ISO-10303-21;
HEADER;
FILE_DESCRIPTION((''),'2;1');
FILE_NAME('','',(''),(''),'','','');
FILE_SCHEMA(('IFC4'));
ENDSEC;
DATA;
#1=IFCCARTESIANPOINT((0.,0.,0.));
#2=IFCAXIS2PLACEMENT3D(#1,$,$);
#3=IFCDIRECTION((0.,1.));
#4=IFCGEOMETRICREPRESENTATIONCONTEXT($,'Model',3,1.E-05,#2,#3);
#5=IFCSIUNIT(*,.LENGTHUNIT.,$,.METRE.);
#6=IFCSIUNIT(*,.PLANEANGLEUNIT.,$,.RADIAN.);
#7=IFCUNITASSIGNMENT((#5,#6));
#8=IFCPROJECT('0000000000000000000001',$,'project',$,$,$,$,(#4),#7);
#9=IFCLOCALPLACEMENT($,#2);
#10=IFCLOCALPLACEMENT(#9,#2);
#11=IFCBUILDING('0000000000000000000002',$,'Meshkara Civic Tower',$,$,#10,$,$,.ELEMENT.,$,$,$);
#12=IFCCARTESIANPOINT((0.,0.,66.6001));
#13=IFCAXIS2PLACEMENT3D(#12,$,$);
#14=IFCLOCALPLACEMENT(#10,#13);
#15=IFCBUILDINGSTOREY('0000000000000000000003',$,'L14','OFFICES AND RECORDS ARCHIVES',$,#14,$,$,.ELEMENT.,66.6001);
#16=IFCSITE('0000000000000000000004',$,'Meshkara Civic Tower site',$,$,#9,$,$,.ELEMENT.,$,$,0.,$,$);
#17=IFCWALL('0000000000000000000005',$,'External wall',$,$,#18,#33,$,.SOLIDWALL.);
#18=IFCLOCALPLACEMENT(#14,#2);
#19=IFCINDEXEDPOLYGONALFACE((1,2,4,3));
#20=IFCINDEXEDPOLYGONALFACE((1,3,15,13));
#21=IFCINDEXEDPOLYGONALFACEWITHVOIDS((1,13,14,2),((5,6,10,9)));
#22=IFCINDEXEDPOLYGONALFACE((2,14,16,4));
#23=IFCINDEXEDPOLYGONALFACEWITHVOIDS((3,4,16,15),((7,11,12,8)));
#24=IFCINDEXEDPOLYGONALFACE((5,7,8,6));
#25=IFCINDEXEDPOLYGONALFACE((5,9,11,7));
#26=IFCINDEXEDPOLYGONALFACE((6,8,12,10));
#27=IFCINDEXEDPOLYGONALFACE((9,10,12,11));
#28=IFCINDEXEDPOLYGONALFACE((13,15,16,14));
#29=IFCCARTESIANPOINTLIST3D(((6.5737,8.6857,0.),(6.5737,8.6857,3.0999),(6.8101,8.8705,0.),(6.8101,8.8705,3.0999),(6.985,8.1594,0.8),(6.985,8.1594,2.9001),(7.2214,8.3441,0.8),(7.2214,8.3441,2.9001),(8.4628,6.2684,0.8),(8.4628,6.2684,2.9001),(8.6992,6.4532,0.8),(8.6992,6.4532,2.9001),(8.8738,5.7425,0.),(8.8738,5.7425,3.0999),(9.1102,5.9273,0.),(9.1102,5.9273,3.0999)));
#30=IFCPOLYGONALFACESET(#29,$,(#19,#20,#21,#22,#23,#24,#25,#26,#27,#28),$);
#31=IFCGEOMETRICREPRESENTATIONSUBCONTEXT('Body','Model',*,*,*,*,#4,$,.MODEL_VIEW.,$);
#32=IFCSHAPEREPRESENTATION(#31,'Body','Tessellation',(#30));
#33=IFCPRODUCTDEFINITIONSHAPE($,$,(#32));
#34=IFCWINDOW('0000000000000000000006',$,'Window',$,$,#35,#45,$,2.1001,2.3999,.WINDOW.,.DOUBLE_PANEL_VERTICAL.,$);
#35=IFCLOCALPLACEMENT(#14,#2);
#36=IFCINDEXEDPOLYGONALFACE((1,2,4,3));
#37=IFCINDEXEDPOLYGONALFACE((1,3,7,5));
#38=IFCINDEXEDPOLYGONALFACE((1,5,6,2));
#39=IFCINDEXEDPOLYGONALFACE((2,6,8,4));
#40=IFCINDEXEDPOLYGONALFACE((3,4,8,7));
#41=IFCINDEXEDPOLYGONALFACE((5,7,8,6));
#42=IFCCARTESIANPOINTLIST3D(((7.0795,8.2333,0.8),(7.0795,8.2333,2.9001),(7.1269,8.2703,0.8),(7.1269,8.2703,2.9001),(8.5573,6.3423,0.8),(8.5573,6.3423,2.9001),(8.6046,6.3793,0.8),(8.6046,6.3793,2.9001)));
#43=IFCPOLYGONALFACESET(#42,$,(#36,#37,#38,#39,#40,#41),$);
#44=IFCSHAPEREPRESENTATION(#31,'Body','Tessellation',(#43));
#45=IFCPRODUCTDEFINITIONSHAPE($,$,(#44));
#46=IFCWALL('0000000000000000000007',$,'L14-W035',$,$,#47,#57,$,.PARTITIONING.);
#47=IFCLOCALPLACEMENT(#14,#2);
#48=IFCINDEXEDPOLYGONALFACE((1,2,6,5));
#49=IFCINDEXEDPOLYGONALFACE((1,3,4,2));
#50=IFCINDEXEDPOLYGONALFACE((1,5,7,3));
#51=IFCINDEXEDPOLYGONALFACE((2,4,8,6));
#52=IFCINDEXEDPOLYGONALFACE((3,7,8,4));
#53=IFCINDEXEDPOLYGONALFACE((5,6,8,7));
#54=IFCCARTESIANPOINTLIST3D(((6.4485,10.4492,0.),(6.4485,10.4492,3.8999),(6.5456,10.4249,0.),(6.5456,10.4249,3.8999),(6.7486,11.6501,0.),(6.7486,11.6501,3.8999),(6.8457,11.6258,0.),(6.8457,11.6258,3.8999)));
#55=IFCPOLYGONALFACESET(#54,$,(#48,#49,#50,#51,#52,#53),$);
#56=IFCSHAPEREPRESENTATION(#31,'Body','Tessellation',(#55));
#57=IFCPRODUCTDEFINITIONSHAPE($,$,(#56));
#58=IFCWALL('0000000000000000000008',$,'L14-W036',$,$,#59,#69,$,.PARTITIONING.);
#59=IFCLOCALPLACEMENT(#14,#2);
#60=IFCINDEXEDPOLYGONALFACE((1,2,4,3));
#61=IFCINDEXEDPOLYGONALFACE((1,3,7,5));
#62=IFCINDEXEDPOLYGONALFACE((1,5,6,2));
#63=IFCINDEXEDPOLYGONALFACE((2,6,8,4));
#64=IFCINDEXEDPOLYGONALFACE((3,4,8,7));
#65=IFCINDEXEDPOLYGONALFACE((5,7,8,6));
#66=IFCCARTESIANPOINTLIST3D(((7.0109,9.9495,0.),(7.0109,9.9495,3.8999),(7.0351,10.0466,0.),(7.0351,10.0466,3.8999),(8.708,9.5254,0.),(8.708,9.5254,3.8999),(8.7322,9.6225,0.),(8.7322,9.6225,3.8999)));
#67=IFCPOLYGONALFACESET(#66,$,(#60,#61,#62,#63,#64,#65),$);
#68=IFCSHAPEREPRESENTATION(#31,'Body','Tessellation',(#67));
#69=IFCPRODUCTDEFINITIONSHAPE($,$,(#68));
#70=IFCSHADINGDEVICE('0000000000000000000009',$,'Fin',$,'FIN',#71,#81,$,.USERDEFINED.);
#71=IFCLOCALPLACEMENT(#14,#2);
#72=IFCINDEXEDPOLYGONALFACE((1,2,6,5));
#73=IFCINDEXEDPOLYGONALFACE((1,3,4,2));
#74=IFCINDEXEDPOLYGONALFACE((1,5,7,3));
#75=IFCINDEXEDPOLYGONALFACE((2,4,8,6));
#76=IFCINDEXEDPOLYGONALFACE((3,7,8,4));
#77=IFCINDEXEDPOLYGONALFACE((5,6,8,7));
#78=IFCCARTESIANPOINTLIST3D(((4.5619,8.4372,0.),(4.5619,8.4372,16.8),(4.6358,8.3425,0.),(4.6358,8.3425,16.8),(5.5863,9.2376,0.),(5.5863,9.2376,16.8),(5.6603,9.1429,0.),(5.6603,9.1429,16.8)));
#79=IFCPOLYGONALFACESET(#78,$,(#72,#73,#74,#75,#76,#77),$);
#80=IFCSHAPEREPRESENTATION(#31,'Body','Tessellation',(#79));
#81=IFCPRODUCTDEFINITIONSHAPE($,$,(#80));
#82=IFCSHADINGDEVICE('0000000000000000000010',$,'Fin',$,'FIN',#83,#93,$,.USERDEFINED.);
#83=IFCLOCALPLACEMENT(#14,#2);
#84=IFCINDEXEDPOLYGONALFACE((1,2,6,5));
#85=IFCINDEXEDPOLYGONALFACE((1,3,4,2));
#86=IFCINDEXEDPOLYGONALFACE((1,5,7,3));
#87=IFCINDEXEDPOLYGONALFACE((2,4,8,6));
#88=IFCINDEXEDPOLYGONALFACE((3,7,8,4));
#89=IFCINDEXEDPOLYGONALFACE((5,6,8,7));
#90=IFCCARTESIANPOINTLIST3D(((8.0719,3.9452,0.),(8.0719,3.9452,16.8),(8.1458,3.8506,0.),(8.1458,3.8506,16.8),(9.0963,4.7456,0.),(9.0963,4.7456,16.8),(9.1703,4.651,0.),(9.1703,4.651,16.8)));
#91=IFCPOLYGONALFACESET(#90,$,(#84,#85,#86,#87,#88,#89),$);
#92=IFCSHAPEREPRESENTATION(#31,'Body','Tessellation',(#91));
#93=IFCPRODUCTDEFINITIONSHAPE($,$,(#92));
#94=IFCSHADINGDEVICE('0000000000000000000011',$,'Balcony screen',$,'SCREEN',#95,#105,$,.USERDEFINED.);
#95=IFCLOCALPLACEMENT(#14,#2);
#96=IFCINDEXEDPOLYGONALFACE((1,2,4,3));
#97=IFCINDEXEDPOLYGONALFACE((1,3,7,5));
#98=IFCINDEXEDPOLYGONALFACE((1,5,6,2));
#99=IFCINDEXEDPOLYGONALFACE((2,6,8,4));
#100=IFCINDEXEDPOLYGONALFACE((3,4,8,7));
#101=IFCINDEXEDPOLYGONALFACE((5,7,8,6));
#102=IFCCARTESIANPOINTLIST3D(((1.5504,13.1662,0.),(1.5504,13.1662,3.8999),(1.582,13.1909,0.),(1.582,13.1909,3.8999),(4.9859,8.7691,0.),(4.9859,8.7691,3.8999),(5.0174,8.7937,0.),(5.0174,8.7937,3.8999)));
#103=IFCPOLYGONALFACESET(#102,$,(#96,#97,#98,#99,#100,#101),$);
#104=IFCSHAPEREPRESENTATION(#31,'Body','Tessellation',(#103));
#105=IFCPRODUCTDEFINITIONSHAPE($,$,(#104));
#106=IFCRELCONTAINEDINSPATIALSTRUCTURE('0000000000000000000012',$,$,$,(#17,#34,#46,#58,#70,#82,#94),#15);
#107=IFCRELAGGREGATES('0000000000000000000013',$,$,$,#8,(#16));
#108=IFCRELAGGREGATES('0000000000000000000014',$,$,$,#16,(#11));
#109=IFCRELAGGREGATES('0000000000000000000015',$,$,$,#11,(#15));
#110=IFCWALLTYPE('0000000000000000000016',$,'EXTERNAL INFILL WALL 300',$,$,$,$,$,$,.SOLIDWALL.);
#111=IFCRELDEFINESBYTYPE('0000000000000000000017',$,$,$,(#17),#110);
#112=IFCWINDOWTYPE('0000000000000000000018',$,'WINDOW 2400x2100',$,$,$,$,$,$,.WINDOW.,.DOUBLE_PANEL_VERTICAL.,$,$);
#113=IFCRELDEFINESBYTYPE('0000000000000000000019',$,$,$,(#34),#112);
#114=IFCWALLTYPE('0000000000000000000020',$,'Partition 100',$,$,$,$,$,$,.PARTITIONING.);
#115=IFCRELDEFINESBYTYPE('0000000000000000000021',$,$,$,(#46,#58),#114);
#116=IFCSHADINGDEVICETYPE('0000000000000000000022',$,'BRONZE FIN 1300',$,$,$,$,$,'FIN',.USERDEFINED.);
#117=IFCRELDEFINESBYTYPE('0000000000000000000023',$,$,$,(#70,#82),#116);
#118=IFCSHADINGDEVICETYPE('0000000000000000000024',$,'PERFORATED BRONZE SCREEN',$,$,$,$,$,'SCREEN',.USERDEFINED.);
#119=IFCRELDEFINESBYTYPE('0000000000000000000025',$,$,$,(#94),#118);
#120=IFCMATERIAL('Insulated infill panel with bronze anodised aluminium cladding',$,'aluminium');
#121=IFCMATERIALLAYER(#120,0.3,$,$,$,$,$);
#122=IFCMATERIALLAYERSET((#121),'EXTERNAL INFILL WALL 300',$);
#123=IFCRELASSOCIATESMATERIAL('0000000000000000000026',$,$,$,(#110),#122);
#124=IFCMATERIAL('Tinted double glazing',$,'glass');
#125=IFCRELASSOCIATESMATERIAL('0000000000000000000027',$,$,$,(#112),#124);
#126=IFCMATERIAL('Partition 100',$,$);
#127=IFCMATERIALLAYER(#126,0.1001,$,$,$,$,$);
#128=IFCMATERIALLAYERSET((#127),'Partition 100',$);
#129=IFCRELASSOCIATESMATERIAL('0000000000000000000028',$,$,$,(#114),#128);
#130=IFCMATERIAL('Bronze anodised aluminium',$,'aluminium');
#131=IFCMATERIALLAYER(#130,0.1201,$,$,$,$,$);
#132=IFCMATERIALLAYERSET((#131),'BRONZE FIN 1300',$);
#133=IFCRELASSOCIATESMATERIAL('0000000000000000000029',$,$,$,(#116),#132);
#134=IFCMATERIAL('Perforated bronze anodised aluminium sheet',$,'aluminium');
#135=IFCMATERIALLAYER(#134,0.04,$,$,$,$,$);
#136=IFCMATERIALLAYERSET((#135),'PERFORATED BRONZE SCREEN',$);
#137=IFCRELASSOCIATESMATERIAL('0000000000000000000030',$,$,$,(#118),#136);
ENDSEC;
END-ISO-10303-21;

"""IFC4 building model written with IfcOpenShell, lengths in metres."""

from ifc_helpers import new_model, si_unit, direction, frame, frame_2d, origin, origin_2d, place, context, subcontext, project, spatial, rectangle, extrude, material, layer, layer_set, type_object, element, fill, save


model = new_model("IFC4")

# Units and contexts
model_context = context("Model", 3, precision=1e-05, world=origin(), true_north=direction((0.0, 1.0)))
body_context = subcontext(model_context, "Body", "Model", "MODEL_VIEW")
ifc_project = project(units=[si_unit("LENGTHUNIT", "METRE"), si_unit("PLANEANGLEUNIT", "RADIAN")], contexts=[model_context])

# Site, building, storey
site_placement = place(None, origin())
site = spatial("IfcSite", under=ifc_project, at=site_placement, Name="Meshkara Civic Tower site", CompositionType="ELEMENT", RefElevation=0.0)
building_placement = place(site_placement, origin())
building = spatial("IfcBuilding", under=site, at=building_placement, Name="Meshkara Civic Tower", CompositionType="ELEMENT")
storey_placement = place(building_placement, frame((0.0, 0.0, 66.6001)))
storey = spatial("IfcBuildingStorey", under=building, at=storey_placement, Name="L14", Description="OFFICES AND RECORDS ARCHIVES", CompositionType="ELEMENT", Elevation=66.6001)

# Wall, opening, window
ifc_material_1 = material(Name="Insulated infill panel with bronze anodised aluminium cladding", Category="aluminium")
ifc_layer_1 = layer(ifc_material_1, 0.3)
ifc_layer_set_1 = layer_set([ifc_layer_1], Name="EXTERNAL INFILL WALL 300")
wall_type_1 = type_object("IfcWallType", Name="EXTERNAL INFILL WALL 300", PredefinedType="SOLIDWALL", material=ifc_layer_set_1)
wall_1_placement = place(storey_placement, frame((6.6919, 8.7781, 0.0), z_axis=(0.0, 0.0, 1.0), x_axis=(0.615767, -0.787928, 0.0)))
wall_1 = element("IfcWall", 1, at=wall_1_placement, inside=storey, type_object=wall_type_1, Name="External wall", PredefinedType="SOLIDWALL", context=body_context, shape_type="SweptSolid", body=[
    extrude(rectangle(XDim=3.7354, YDim=0.3, at=frame_2d((1.8677, 0.0))), origin(), (0.0, 0.0, 1.0), 3.0999),
])
opening_1_placement = place(wall_1_placement, frame((0.668, 0.0, 0.8)))
opening_1 = element("IfcOpeningElement", 2, at=opening_1_placement, cuts=wall_1, PredefinedType="OPENING", context=body_context, shape_type="SweptSolid", body=[
    extrude(rectangle(XDim=2.3999, YDim=2.1001, at=frame_2d((1.2, 1.05))), frame((0.0, 0.1599, 0.0), z_axis=(0.0, -1.0, 0.0), x_axis=(1.0, 0.0, 0.0)), (0.0, 0.0, 1.0), 0.3201),
])
ifc_material_2 = material(Name="Tinted double glazing", Category="glass")
window_type = type_object("IfcWindowType", Name="WINDOW 2400x2100", PartitioningType="DOUBLE_PANEL_VERTICAL", PredefinedType="WINDOW", material=ifc_material_2)
window_placement = place(opening_1_placement, origin())
window = element("IfcWindow", 3, at=window_placement, inside=storey, type_object=window_type, Name="Window", OverallHeight=2.1001, OverallWidth=2.3999, PartitioningType="DOUBLE_PANEL_VERTICAL", PredefinedType="WINDOW", context=body_context, shape_type="SweptSolid", body=[
    extrude(rectangle(XDim=2.3999, YDim=2.1001, at=frame_2d((1.2, 1.05))), frame((0.0, 0.03, 0.0), z_axis=(0.0, -1.0, 0.0), x_axis=(1.0, 0.0, 0.0)), (0.0, 0.0, 1.0), 0.0601),
])
fill(opening_1, window)

# Walls
ifc_material_3 = material(Name="Partition 100")
ifc_layer_2 = layer(ifc_material_3, 0.1001)
ifc_layer_set_2 = layer_set([ifc_layer_2], Name="Partition 100")
wall_type_2 = type_object("IfcWallType", Name="Partition 100", PredefinedType="PARTITIONING", material=ifc_layer_set_2)
wall_2_placement = place(storey_placement, frame((6.7971, 11.6379, 0.0), z_axis=(0.0, 0.0, 1.0), x_axis=(-0.242396, -0.970177, 0.0)))
element("IfcWall", 4, at=wall_2_placement, inside=storey, type_object=wall_type_2, Name="L14-W035", PredefinedType="PARTITIONING", context=body_context, shape_type="SweptSolid", body=[
    extrude(rectangle(XDim=1.2378, YDim=0.1001, at=frame_2d((0.6189, 0.0))), origin(), (0.0, 0.0, 1.0), 3.8999),
])
wall_3_placement = place(storey_placement, frame((8.72, 9.574, 0.0), z_axis=(0.0, 0.0, 1.0), x_axis=(-0.970167, 0.242437, 0.0)))
element("IfcWall", 5, at=wall_3_placement, inside=storey, type_object=wall_type_2, Name="L14-W036", PredefinedType="PARTITIONING", context=body_context, shape_type="SweptSolid", body=[
    extrude(rectangle(XDim=1.7493, YDim=0.1001, at=frame_2d((0.8745, 0.0))), origin(), (0.0, 0.0, 1.0), 3.8999),
])

# Shading devices
ifc_material_4 = material(Name="Bronze anodised aluminium", Category="aluminium")
ifc_layer_3 = layer(ifc_material_4, 0.1201)
ifc_layer_set_3 = layer_set([ifc_layer_3], Name="BRONZE FIN 1300")
shading_device_type_1 = type_object("IfcShadingDeviceType", Name="BRONZE FIN 1300", ElementType="FIN", PredefinedType="USERDEFINED", material=ifc_layer_set_3)
for number, where, z_axis, x_axis, name in (
    (6, (5.1111, 8.79, 0.0), (0.0, 0.0, 1.0), (0.615661, -0.788011, 0.0), "Fin"),
    (7, (8.6211, 4.2981, 0.0), (0.0, 0.0, 1.0), (0.615661, -0.788011, 0.0), "Fin"),
):
    element("IfcShadingDevice", number, at=place(storey_placement, frame(where, z_axis=z_axis, x_axis=x_axis)), inside=storey, type_object=shading_device_type_1, Name=name, ObjectType="FIN", PredefinedType="USERDEFINED", context=body_context, shape_type="SweptSolid", body=[
        extrude(rectangle(XDim=0.1201, YDim=1.3, at=origin_2d()), origin(), (0.0, 0.0, 1.0), 16.8),
    ])
ifc_material_5 = material(Name="Perforated bronze anodised aluminium sheet", Category="aluminium")
ifc_layer_4 = layer(ifc_material_5, 0.04)
ifc_layer_set_4 = layer_set([ifc_layer_4], Name="PERFORATED BRONZE SCREEN")
shading_device_type_2 = type_object("IfcShadingDeviceType", Name="PERFORATED BRONZE SCREEN", ElementType="SCREEN", PredefinedType="USERDEFINED", material=ifc_layer_set_4)
shading_device_placement = place(storey_placement, frame((3.2839, 10.98, 0.0), z_axis=(0.0, 0.0, 1.0), x_axis=(0.615661, -0.788011, 0.0)))
element("IfcShadingDevice", 8, at=shading_device_placement, inside=storey, type_object=shading_device_type_2, Name="Balcony screen", ObjectType="SCREEN", PredefinedType="USERDEFINED", context=body_context, shape_type="SweptSolid", body=[
    extrude(rectangle(XDim=5.5801, YDim=0.04, at=origin_2d()), origin(), (0.0, 0.0, 1.0), 3.8999),
])

save(model, "model.ifc")
